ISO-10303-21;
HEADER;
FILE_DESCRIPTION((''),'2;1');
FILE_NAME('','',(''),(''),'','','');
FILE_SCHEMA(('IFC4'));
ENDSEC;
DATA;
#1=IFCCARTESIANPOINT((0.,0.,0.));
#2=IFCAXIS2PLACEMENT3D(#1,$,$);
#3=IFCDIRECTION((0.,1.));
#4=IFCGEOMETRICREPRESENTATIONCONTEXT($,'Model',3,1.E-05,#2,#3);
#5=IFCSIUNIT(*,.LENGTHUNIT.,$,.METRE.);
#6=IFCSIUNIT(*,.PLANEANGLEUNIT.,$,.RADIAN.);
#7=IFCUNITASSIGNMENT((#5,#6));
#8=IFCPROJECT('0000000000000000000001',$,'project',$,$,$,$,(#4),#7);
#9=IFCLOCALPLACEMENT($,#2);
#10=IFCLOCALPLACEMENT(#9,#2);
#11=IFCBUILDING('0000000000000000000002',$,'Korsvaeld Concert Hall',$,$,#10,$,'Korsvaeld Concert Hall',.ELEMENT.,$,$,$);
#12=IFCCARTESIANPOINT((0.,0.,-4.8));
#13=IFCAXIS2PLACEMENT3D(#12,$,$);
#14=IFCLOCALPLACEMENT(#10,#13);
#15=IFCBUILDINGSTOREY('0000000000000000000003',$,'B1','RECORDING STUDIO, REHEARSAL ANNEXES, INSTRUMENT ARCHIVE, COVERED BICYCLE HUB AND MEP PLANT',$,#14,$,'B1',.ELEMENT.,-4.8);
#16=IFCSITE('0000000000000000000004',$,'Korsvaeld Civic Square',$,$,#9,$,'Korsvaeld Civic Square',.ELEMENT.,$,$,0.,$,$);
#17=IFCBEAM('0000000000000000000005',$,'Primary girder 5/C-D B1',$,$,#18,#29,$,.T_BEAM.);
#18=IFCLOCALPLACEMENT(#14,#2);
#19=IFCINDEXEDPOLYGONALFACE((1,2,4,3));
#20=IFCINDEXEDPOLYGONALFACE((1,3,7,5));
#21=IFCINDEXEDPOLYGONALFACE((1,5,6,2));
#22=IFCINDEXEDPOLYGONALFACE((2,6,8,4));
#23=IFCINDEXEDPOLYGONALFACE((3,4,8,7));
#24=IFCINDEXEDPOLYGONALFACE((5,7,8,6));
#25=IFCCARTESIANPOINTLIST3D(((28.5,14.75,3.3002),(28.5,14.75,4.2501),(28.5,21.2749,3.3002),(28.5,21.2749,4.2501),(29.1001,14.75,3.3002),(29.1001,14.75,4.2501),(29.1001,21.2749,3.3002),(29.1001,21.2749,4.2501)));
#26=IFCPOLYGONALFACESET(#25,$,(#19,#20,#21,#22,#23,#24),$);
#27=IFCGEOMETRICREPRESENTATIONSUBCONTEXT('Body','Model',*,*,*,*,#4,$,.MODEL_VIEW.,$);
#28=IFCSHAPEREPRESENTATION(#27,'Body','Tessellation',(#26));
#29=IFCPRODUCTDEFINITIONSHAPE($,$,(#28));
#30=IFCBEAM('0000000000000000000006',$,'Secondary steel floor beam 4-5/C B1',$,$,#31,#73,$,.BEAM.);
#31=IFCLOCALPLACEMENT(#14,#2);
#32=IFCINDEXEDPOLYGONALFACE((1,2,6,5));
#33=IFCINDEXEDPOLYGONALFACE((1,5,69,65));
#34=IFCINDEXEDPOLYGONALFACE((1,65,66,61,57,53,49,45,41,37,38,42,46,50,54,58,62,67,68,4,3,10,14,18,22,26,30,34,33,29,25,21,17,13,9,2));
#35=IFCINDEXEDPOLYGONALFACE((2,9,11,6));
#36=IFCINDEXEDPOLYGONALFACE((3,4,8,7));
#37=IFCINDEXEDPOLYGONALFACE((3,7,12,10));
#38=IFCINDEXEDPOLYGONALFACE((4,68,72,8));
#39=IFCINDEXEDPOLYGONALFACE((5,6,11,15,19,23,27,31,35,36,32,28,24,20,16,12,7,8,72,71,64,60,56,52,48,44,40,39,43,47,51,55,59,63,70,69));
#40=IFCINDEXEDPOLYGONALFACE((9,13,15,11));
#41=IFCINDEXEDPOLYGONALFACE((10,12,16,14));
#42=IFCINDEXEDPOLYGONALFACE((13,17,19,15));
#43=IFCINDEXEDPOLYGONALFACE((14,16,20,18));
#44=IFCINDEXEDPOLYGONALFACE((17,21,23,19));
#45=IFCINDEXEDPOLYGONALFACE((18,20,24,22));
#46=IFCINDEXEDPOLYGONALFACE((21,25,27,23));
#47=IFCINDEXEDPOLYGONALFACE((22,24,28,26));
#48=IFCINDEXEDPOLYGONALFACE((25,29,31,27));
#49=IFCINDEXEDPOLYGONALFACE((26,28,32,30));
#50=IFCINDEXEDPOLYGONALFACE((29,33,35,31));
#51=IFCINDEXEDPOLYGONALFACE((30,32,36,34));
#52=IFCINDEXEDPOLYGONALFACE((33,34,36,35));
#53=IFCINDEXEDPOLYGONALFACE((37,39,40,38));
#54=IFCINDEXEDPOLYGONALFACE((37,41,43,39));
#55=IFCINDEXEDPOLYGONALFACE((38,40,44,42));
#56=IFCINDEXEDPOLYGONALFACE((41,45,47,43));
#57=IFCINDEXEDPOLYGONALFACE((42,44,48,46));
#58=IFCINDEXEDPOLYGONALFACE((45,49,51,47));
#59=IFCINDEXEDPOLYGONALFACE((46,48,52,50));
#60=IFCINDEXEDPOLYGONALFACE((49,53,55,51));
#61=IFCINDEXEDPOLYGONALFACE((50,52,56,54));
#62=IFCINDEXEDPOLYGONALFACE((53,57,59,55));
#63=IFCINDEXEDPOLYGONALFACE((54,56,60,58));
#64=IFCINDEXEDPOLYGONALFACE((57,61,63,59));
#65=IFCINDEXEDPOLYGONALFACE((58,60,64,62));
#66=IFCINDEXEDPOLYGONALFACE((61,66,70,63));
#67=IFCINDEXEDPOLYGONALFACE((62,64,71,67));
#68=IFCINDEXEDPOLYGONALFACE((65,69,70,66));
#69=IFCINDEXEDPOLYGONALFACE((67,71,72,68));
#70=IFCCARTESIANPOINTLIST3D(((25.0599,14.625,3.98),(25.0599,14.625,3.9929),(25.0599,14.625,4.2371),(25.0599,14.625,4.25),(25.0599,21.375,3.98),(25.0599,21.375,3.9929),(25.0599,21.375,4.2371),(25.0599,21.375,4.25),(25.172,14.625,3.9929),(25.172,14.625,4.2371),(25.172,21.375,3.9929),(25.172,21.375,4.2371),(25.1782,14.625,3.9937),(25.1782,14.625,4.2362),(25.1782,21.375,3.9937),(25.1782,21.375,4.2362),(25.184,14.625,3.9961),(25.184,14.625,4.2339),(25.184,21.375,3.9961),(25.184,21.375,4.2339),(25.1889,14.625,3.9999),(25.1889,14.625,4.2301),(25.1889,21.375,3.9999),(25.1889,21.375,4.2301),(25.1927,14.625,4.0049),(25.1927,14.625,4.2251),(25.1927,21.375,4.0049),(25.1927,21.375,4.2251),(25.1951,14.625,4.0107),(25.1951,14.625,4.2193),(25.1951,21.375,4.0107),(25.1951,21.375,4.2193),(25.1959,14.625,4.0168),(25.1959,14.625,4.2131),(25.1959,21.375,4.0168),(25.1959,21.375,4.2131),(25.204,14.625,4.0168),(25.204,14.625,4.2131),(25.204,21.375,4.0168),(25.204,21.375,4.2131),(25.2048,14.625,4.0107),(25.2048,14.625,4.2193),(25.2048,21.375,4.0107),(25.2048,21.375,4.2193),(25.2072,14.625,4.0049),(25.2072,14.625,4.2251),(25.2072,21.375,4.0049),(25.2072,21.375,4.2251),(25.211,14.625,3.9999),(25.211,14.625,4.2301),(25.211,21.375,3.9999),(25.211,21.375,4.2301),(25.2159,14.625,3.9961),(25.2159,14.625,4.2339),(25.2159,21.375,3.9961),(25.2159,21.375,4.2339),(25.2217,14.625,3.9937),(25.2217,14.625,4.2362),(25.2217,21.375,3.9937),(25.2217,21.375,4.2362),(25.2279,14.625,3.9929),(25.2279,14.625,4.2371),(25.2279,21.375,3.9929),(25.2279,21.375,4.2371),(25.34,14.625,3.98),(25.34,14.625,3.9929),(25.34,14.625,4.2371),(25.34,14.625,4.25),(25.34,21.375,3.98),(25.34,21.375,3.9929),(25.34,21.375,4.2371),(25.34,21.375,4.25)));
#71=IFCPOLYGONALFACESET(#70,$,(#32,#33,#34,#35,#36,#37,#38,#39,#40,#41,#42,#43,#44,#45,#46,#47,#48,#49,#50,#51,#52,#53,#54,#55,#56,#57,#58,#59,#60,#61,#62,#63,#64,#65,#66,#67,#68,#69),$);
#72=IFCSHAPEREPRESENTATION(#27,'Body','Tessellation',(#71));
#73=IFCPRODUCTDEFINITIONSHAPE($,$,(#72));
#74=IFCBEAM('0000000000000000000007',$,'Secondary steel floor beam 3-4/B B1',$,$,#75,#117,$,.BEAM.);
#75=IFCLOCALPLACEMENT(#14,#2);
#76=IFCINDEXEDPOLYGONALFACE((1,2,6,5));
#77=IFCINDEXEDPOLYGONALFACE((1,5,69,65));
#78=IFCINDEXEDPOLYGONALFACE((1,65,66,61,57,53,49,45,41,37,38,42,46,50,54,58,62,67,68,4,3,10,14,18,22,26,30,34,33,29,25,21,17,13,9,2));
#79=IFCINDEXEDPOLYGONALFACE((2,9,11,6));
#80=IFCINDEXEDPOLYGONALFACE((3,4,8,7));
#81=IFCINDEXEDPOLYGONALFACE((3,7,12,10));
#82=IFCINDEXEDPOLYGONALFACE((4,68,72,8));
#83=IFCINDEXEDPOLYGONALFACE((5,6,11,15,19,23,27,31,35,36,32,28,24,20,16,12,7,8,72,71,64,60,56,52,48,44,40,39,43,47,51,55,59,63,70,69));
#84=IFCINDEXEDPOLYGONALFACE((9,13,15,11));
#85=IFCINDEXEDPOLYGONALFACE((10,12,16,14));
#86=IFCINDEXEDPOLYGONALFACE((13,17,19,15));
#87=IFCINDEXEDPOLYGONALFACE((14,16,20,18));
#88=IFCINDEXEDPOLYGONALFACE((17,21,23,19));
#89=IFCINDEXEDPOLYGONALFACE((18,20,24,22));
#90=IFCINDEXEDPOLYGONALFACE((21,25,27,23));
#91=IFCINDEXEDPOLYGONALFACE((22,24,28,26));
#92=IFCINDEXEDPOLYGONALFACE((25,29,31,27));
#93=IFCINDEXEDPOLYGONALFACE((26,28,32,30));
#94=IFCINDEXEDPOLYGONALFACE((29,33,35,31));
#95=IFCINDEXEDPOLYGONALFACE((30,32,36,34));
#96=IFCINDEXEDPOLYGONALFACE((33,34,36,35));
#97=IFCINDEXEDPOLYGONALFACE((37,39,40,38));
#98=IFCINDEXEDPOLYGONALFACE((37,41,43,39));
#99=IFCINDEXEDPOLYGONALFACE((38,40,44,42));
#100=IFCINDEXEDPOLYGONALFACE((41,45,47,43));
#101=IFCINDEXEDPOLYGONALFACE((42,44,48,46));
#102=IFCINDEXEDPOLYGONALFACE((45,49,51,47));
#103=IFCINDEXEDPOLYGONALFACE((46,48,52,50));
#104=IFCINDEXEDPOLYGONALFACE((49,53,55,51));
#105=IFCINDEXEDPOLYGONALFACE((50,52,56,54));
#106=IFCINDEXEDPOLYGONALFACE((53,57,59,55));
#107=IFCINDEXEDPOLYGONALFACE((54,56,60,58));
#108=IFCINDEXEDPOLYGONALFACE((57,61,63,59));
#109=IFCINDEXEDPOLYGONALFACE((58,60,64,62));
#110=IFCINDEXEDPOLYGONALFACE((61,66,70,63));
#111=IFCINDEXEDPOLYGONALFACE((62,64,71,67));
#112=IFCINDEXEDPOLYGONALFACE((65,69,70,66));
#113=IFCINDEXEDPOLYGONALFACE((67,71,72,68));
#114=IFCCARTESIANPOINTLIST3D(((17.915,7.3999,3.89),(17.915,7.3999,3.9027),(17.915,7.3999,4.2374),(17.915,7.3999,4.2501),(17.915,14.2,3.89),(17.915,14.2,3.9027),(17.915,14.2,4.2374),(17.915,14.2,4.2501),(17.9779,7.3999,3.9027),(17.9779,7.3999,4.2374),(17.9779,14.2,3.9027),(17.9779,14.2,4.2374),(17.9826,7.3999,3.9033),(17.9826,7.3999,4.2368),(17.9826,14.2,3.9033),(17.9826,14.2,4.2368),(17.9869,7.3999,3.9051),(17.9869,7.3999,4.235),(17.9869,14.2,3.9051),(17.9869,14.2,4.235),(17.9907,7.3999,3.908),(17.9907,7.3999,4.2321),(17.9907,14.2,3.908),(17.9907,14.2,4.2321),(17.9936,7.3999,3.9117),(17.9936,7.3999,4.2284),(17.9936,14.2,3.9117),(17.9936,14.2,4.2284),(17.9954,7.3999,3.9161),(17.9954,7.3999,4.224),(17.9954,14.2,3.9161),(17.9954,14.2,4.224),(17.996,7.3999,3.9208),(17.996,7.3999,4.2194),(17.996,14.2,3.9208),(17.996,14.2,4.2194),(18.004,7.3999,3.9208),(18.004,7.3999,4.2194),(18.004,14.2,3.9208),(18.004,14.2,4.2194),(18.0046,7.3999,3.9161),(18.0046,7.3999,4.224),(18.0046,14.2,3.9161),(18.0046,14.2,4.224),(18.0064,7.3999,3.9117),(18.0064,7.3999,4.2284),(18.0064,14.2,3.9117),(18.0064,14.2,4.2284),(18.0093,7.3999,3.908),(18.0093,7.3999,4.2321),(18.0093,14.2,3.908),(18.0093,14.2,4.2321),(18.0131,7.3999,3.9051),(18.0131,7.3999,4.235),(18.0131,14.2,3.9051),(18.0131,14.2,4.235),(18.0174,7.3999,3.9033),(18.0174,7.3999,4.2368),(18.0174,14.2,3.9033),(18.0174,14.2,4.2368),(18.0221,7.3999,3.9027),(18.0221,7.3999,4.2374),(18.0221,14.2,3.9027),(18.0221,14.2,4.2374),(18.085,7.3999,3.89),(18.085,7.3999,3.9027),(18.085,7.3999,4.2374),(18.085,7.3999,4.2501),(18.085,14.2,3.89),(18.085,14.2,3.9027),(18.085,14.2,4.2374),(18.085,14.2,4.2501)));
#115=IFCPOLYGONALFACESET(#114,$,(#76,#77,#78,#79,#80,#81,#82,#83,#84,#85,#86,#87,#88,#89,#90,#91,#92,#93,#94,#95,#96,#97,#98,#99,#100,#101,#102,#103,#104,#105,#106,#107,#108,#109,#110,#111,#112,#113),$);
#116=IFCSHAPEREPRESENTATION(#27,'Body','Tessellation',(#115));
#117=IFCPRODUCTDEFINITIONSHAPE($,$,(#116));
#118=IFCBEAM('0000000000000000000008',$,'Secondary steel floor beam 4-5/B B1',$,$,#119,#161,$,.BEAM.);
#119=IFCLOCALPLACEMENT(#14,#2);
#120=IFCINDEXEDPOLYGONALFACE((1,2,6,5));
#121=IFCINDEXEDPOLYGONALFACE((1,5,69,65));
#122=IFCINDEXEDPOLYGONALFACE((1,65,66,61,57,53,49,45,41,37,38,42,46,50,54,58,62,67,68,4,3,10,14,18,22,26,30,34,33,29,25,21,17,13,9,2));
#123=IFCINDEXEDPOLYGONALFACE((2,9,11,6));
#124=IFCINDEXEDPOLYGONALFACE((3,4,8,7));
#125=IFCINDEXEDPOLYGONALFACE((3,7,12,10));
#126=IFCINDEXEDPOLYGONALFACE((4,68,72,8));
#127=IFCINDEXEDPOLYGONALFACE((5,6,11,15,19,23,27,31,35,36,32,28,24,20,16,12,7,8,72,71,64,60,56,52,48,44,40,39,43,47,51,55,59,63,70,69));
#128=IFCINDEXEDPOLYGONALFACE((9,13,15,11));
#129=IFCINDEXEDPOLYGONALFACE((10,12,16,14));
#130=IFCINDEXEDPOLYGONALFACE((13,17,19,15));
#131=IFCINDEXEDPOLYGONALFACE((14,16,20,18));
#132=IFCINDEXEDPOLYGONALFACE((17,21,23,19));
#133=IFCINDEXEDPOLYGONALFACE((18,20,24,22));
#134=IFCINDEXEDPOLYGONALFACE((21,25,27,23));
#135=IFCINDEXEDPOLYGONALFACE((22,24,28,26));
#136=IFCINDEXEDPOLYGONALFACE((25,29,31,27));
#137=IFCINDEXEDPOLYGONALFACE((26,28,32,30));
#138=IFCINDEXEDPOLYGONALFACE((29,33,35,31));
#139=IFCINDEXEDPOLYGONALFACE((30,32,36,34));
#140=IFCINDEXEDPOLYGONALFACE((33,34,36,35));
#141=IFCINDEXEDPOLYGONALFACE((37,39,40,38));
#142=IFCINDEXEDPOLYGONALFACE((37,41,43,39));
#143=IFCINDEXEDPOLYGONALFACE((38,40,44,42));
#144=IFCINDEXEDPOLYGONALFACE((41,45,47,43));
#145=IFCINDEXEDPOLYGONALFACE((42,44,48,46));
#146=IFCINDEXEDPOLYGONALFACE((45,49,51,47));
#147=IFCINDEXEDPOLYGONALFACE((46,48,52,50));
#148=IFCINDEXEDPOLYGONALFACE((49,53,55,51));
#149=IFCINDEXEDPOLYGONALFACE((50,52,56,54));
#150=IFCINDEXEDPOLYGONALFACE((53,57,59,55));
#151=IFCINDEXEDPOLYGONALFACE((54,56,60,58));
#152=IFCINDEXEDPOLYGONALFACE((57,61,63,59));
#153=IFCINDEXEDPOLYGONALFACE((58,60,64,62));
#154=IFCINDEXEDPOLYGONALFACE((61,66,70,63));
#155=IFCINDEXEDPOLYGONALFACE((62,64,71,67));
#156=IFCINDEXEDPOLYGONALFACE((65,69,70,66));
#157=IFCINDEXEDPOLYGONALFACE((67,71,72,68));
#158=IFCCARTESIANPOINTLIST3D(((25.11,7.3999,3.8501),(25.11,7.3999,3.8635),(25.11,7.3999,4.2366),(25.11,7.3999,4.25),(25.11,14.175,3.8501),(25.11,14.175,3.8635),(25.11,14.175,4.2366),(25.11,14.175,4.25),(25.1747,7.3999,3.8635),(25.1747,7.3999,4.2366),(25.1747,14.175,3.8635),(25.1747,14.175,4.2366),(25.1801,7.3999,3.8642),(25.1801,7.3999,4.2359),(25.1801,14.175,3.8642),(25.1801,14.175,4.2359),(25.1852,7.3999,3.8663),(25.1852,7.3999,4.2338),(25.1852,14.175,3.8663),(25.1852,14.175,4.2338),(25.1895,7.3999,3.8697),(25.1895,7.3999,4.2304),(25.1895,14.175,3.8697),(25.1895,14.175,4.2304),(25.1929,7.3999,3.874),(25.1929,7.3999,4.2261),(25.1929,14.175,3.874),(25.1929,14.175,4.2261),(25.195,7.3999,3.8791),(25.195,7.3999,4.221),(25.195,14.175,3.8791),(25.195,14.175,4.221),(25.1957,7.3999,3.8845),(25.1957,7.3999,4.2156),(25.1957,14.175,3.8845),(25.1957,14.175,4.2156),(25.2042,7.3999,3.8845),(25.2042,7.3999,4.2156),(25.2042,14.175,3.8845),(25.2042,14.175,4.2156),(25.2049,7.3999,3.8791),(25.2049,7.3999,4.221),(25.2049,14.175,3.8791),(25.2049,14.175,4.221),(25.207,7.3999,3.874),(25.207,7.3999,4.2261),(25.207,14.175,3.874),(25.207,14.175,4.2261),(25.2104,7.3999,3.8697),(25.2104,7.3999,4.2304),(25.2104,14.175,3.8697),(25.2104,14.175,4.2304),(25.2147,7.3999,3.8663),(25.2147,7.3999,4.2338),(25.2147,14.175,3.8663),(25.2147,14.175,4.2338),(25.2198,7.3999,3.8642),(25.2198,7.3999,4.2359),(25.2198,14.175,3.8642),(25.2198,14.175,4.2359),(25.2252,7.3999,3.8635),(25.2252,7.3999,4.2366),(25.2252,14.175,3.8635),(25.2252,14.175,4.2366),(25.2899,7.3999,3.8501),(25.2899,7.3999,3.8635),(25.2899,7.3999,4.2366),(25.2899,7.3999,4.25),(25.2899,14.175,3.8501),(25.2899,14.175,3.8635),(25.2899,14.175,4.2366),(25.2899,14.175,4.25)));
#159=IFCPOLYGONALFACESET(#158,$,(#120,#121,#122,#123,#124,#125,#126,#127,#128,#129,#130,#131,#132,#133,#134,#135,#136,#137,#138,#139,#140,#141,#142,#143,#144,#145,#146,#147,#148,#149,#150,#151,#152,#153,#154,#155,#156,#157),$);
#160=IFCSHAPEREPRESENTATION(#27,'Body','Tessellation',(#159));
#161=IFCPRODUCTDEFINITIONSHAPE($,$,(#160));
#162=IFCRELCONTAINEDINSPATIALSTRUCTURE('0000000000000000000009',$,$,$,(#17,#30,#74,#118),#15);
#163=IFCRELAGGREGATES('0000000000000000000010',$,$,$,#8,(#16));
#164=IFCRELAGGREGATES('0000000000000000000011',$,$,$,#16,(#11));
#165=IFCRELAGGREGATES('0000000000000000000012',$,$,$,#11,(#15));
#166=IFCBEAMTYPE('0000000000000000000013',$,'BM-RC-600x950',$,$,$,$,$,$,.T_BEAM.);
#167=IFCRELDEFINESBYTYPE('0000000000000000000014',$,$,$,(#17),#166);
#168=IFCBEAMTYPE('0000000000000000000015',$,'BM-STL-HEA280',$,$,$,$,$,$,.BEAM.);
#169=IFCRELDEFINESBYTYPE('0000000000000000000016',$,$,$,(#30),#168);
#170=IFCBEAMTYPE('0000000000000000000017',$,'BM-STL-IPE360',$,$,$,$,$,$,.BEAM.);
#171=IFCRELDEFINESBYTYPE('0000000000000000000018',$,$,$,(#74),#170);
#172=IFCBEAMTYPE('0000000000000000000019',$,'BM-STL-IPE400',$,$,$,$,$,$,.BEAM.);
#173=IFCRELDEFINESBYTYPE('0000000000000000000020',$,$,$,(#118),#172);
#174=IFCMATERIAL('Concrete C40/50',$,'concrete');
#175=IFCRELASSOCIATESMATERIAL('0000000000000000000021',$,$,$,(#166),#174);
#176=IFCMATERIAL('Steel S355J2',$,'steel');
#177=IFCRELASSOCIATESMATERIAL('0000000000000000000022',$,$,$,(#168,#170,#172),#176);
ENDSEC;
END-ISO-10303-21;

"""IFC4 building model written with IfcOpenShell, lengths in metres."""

from ifc_helpers import new_model, si_unit, direction, frame, origin, origin_2d, place, context, subcontext, project, spatial, rectangle, i_section, extrude, material, material_profile, profile_set, type_object, element, save


model = new_model("IFC4")

# Units and contexts
model_context = context("Model", 3, precision=1e-05, world=origin(), true_north=direction((0.0, 1.0)))
body_context = subcontext(model_context, "Body", "Model", "MODEL_VIEW")
ifc_project = project(units=[si_unit("LENGTHUNIT", "METRE"), si_unit("PLANEANGLEUNIT", "RADIAN")], contexts=[model_context])

# Site, building, storey
site_placement = place(None, origin())
site = spatial("IfcSite", under=ifc_project, at=site_placement, Name="Korsvaeld Civic Square", LongName="Korsvaeld Civic Square", CompositionType="ELEMENT", RefElevation=0.0)
building_placement = place(site_placement, origin())
building = spatial("IfcBuilding", under=site, at=building_placement, Name="Korsvaeld Concert Hall", LongName="Korsvaeld Concert Hall", CompositionType="ELEMENT")
storey_placement = place(building_placement, frame((0.0, 0.0, -4.8)))
storey = spatial("IfcBuildingStorey", under=building, at=storey_placement, Name="B1", Description="RECORDING STUDIO, REHEARSAL ANNEXES, INSTRUMENT ARCHIVE, COVERED BICYCLE HUB AND MEP PLANT", LongName="B1", CompositionType="ELEMENT", Elevation=-4.8)

# Shared definitions
ifc_material_1 = material(Name="Concrete C40/50", Category="concrete")

# Beams
ifc_material_profile_1 = material_profile(ifc_material_1, rectangle(XDim=0.6001, YDim=0.95, at=origin_2d()), Name="RC 600x950")
ifc_profile_set_1 = profile_set([ifc_material_profile_1], Name="Concrete C40/50")
beam_type_1 = type_object("IfcBeamType", Name="BM-RC-600x950", PredefinedType="T_BEAM", material=ifc_profile_set_1)
beam_1_placement = place(storey_placement, frame((28.8, 14.75, 3.7751), z_axis=(0.0, 1.0, 0.0), x_axis=(-1.0, 0.0, 0.0)))
element("IfcBeam", 1, at=beam_1_placement, inside=storey, type_object=beam_type_1, Name="Primary girder 5/C-D B1", PredefinedType="T_BEAM", context=body_context, shape_type="SweptSolid", body=[
    extrude(rectangle(XDim=0.6001, YDim=0.95, at=origin_2d()), origin(), (0.0, 0.0, 1.0), 6.5249),
])
ifc_material_2 = material(Name="Steel S355J2", Category="steel")
ifc_material_profile_2 = material_profile(ifc_material_2, i_section(OverallWidth=0.28, OverallDepth=0.27, WebThickness=0.0081, FlangeThickness=0.0129, FilletRadius=0.0239, at=origin_2d()), Name="HEA 280")
ifc_profile_set_2 = profile_set([ifc_material_profile_2], Name="Steel S355J2")
beam_type_2 = type_object("IfcBeamType", Name="BM-STL-HEA280", PredefinedType="BEAM", material=ifc_profile_set_2)
beam_2_placement = place(storey_placement, frame((25.2, 14.625, 4.115), z_axis=(0.0, 1.0, 0.0), x_axis=(-1.0, 0.0, 0.0)))
element("IfcBeam", 2, at=beam_2_placement, inside=storey, type_object=beam_type_2, Name="Secondary steel floor beam 4-5/C B1", PredefinedType="BEAM", context=body_context, shape_type="SweptSolid", body=[
    extrude(i_section(OverallWidth=0.28, OverallDepth=0.27, WebThickness=0.0081, FlangeThickness=0.0129, FilletRadius=0.0239, at=origin_2d()), origin(), (0.0, 0.0, 1.0), 6.75),
])
ifc_material_profile_3 = material_profile(ifc_material_2, i_section(OverallWidth=0.1699, OverallDepth=0.3601, WebThickness=0.0081, FlangeThickness=0.0127, FilletRadius=0.0181, at=origin_2d()), Name="IPE 360")
ifc_profile_set_3 = profile_set([ifc_material_profile_3], Name="Steel S355J2")
beam_type_3 = type_object("IfcBeamType", Name="BM-STL-IPE360", PredefinedType="BEAM", material=ifc_profile_set_3)
beam_3_placement = place(storey_placement, frame((18.0, 7.3999, 4.0701), z_axis=(0.0, 1.0, 0.0), x_axis=(-1.0, 0.0, 0.0)))
element("IfcBeam", 3, at=beam_3_placement, inside=storey, type_object=beam_type_3, Name="Secondary steel floor beam 3-4/B B1", PredefinedType="BEAM", context=body_context, shape_type="SweptSolid", body=[
    extrude(i_section(OverallWidth=0.1699, OverallDepth=0.3601, WebThickness=0.0081, FlangeThickness=0.0127, FilletRadius=0.0181, at=origin_2d()), origin(), (0.0, 0.0, 1.0), 6.8),
])
ifc_material_profile_4 = material_profile(ifc_material_2, i_section(OverallWidth=0.1799, OverallDepth=0.3999, WebThickness=0.0085, FlangeThickness=0.0134, FilletRadius=0.021, at=origin_2d()), Name="IPE 400")
ifc_profile_set_4 = profile_set([ifc_material_profile_4], Name="Steel S355J2")
beam_type_4 = type_object("IfcBeamType", Name="BM-STL-IPE400", PredefinedType="BEAM", material=ifc_profile_set_4)
beam_4_placement = place(storey_placement, frame((25.2, 7.3999, 4.05), z_axis=(0.0, 1.0, 0.0), x_axis=(-1.0, 0.0, 0.0)))
element("IfcBeam", 4, at=beam_4_placement, inside=storey, type_object=beam_type_4, Name="Secondary steel floor beam 4-5/B B1", PredefinedType="BEAM", context=body_context, shape_type="SweptSolid", body=[
    extrude(i_section(OverallWidth=0.1799, OverallDepth=0.3999, WebThickness=0.0085, FlangeThickness=0.0134, FilletRadius=0.021, at=origin_2d()), origin(), (0.0, 0.0, 1.0), 6.7751),
])

save(model, "model.ifc")
